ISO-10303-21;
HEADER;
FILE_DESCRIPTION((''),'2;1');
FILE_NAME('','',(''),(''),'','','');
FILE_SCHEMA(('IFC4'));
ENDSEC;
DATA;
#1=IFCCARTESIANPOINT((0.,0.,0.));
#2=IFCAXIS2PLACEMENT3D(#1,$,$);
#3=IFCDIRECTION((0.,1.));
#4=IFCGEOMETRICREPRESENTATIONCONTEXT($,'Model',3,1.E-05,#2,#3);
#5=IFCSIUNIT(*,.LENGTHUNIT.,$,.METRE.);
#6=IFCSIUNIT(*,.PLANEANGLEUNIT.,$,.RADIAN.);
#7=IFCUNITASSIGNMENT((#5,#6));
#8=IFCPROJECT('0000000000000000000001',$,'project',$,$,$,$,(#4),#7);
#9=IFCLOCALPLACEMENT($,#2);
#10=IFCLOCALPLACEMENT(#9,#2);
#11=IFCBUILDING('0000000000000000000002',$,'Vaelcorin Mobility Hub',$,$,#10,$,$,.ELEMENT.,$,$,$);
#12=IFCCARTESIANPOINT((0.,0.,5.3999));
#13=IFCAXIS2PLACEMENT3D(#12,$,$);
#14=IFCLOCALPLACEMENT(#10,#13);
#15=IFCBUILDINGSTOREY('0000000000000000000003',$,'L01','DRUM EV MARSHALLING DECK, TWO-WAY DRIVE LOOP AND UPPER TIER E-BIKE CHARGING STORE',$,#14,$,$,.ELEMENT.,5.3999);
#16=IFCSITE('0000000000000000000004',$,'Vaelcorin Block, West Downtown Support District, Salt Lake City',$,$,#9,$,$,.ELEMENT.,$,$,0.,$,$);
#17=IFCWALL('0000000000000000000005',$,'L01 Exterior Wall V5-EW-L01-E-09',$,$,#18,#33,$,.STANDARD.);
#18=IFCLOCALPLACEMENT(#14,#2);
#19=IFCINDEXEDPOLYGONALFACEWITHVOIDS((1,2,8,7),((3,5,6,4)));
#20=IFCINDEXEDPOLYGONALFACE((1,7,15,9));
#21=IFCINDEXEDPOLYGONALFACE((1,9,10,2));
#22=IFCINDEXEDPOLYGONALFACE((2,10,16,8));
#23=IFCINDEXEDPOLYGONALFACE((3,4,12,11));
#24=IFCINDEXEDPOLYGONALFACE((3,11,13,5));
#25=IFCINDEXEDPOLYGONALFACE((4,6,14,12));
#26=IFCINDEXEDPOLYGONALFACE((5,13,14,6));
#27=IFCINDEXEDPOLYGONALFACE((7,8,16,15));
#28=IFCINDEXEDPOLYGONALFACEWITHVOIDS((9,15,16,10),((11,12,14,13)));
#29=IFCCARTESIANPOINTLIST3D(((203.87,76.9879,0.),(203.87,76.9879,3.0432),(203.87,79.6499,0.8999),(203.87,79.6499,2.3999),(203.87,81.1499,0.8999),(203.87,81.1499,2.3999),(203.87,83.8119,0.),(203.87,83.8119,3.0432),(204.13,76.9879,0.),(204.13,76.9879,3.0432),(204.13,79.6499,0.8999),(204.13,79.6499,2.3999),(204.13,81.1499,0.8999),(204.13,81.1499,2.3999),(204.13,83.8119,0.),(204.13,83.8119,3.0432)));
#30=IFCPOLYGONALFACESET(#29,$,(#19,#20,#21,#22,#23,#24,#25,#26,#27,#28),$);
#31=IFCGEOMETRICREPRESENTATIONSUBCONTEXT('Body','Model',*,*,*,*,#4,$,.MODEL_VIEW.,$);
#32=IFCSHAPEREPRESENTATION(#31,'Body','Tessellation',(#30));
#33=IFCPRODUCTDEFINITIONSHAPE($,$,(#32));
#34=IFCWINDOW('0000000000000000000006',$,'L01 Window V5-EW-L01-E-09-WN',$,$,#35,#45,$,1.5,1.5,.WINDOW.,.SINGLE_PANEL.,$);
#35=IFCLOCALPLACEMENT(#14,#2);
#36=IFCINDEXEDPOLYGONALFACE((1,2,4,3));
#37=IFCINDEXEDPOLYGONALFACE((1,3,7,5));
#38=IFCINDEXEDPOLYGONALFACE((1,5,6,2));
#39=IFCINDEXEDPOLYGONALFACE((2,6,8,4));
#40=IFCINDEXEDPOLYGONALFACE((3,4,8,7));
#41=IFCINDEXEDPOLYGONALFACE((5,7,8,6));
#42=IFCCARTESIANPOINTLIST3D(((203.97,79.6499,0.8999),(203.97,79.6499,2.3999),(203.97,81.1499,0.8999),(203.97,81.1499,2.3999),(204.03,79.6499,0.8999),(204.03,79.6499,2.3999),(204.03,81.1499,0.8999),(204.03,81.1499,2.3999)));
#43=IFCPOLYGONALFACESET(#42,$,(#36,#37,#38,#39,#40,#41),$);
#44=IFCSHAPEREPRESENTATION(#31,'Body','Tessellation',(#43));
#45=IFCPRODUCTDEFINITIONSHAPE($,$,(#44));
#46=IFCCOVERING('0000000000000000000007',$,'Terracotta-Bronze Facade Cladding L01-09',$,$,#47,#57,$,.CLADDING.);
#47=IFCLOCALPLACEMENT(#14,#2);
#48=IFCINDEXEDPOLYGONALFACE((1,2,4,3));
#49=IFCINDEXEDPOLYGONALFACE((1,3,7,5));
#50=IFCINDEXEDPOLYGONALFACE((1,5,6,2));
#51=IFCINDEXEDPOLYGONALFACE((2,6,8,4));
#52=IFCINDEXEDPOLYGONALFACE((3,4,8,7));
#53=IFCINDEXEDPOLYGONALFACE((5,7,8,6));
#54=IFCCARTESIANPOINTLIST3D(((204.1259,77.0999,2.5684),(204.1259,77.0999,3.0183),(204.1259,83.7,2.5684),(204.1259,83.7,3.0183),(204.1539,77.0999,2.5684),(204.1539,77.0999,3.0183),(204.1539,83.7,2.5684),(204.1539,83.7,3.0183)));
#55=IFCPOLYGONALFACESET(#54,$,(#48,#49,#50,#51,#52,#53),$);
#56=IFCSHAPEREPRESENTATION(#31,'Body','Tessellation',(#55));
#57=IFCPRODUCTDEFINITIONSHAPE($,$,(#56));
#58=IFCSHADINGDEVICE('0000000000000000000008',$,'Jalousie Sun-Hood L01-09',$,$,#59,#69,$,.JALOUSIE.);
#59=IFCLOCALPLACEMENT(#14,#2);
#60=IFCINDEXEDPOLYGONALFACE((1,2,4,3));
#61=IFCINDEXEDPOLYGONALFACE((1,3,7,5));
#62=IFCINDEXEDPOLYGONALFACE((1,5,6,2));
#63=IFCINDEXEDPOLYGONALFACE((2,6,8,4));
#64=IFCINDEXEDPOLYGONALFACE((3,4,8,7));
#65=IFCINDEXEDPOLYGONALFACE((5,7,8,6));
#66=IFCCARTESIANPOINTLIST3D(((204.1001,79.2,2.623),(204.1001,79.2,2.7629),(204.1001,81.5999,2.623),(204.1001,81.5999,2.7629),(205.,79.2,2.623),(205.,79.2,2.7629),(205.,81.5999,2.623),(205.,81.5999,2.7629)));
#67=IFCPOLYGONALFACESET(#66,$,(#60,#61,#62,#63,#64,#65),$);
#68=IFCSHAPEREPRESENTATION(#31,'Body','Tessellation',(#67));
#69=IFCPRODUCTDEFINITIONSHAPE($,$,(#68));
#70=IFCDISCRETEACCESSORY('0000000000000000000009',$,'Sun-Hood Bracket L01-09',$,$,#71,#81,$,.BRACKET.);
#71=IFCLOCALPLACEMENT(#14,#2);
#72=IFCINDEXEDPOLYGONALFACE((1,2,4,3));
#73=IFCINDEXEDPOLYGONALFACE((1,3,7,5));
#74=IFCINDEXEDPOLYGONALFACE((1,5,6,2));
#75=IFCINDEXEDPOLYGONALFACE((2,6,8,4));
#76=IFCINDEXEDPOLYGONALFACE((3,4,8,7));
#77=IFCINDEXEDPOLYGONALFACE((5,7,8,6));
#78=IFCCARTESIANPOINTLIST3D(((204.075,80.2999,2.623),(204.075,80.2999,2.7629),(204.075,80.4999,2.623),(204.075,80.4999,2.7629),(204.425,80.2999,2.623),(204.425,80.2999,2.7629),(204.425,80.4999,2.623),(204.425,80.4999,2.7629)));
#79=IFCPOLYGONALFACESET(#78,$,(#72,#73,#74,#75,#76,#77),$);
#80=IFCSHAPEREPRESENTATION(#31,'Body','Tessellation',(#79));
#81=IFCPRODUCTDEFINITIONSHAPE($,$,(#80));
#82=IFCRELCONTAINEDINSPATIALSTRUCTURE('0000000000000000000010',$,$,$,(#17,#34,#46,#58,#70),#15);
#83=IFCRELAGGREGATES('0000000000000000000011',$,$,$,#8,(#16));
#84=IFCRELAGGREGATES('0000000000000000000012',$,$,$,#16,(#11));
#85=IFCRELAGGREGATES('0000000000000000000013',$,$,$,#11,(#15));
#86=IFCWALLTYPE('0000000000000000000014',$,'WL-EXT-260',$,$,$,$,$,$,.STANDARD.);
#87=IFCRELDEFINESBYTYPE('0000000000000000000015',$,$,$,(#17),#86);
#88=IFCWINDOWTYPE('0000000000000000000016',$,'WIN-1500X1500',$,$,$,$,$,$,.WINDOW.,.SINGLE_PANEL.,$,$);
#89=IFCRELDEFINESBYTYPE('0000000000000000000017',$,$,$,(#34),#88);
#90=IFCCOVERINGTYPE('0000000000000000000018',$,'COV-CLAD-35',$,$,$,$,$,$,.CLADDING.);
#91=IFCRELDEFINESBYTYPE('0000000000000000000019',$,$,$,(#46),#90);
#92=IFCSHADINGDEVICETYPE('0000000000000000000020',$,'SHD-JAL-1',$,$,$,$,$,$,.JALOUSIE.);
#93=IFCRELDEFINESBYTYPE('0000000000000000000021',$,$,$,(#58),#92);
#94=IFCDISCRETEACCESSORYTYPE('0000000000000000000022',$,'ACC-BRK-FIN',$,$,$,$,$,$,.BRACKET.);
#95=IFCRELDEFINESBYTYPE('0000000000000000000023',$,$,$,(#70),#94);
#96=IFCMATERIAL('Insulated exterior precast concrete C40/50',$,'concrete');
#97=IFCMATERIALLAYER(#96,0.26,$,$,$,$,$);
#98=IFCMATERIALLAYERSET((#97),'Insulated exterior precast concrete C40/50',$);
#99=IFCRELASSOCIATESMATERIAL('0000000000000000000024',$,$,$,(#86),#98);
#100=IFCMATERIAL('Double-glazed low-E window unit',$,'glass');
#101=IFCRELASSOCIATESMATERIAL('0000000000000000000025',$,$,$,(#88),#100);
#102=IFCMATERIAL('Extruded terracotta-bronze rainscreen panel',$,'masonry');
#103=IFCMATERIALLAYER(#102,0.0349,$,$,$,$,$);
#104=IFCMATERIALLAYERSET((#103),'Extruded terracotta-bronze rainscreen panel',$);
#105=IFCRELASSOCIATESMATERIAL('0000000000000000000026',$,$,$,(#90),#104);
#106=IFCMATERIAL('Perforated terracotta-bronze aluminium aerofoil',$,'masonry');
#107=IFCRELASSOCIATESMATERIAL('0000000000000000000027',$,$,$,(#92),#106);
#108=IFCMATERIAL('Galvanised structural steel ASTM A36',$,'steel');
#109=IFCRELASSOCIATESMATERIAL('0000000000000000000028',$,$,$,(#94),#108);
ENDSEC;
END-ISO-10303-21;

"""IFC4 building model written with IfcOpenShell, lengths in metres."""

from ifc_helpers import new_model, si_unit, direction, frame, frame_2d, origin, origin_2d, place, context, subcontext, project, spatial, rectangle, extrude, material, layer, layer_set, type_object, element, fill, save


model = new_model("IFC4")

# Units and contexts
model_context = context("Model", 3, precision=1e-05, world=origin(), true_north=direction((0.0, 1.0)))
body_context = subcontext(model_context, "Body", "Model", "MODEL_VIEW")
ifc_project = project(units=[si_unit("LENGTHUNIT", "METRE"), si_unit("PLANEANGLEUNIT", "RADIAN")], contexts=[model_context])

# Site, building, storey
site_placement = place(None, origin())
site = spatial("IfcSite", under=ifc_project, at=site_placement, Name="Vaelcorin Block, West Downtown Support District, Salt Lake City", CompositionType="ELEMENT", RefElevation=0.0)
building_placement = place(site_placement, origin())
building = spatial("IfcBuilding", under=site, at=building_placement, Name="Vaelcorin Mobility Hub", CompositionType="ELEMENT")
storey_placement = place(building_placement, frame((0.0, 0.0, 5.3999)))
storey = spatial("IfcBuildingStorey", under=building, at=storey_placement, Name="L01", Description="DRUM EV MARSHALLING DECK, TWO-WAY DRIVE LOOP AND UPPER TIER E-BIKE CHARGING STORE", CompositionType="ELEMENT", Elevation=5.3999)

# Shared definitions
ifc_material_1 = material(Name="Extruded terracotta-bronze rainscreen panel", Category="masonry")

# Wall, opening, window
ifc_material_2 = material(Name="Insulated exterior precast concrete C40/50", Category="concrete")
ifc_layer_1 = layer(ifc_material_2, 0.26)
ifc_layer_set_1 = layer_set([ifc_layer_1], Name="Insulated exterior precast concrete C40/50")
wall_type = type_object("IfcWallType", Name="WL-EXT-260", PredefinedType="STANDARD", material=ifc_layer_set_1)
wall_placement = place(storey_placement, frame((204.0, 83.812, 0.0), z_axis=(0.0, 0.0, 1.0), x_axis=(0.0, -1.0, 0.0)))
wall = element("IfcWall", 1, at=wall_placement, inside=storey, type_object=wall_type, Name="L01 Exterior Wall V5-EW-L01-E-09", PredefinedType="STANDARD", context=body_context, shape_type="SweptSolid", body=[
    extrude(rectangle(XDim=6.824, YDim=0.26, at=frame_2d((3.4121, 0.0))), origin(), (0.0, 0.0, 1.0), 3.0432),
])
opening_placement = place(wall_placement, frame((2.6621, 0.0, 0.8999)))
opening = element("IfcOpeningElement", 2, at=opening_placement, cuts=wall, PredefinedType="OPENING", context=body_context, shape_type="SweptSolid", body=[
    extrude(rectangle(XDim=1.5, YDim=1.5, at=frame_2d((0.75, 0.75))), frame((0.0, 0.1399, 0.0), z_axis=(0.0, -1.0, 0.0), x_axis=(1.0, 0.0, 0.0)), (0.0, 0.0, 1.0), 0.28),
])
ifc_material_3 = material(Name="Double-glazed low-E window unit", Category="glass")
window_type = type_object("IfcWindowType", Name="WIN-1500X1500", PartitioningType="SINGLE_PANEL", PredefinedType="WINDOW", material=ifc_material_3)
window_placement = place(opening_placement, origin())
window = element("IfcWindow", 3, at=window_placement, inside=storey, type_object=window_type, Name="L01 Window V5-EW-L01-E-09-WN", OverallHeight=1.5, OverallWidth=1.5, PartitioningType="SINGLE_PANEL", PredefinedType="WINDOW", context=body_context, shape_type="SweptSolid", body=[
    extrude(rectangle(XDim=1.5, YDim=1.5, at=frame_2d((0.75, 0.75))), frame((0.0, 0.03, 0.0), z_axis=(0.0, -1.0, 0.0), x_axis=(1.0, 0.0, 0.0)), (0.0, 0.0, 1.0), 0.0601),
])
fill(opening, window)

# Covering
ifc_layer_2 = layer(ifc_material_1, 0.0349)
ifc_layer_set_2 = layer_set([ifc_layer_2], Name="Extruded terracotta-bronze rainscreen panel")
covering_type = type_object("IfcCoveringType", Name="COV-CLAD-35", PredefinedType="CLADDING", material=ifc_layer_set_2)
covering_placement = place(storey_placement, frame((204.1399, 80.3999, 2.5684), z_axis=(0.0, 0.0, 1.0), x_axis=(1.0, 0.0, 0.0)))
element("IfcCovering", 4, at=covering_placement, inside=storey, type_object=covering_type, Name="Terracotta-Bronze Facade Cladding L01-09", PredefinedType="CLADDING", context=body_context, shape_type="SweptSolid", body=[
    extrude(rectangle(XDim=0.0281, YDim=6.6001, at=origin_2d()), origin(), (0.0, 0.0, 1.0), 0.45),
])

# Shading device
ifc_material_4 = material(Name="Perforated terracotta-bronze aluminium aerofoil", Category="masonry")
shading_device_type = type_object("IfcShadingDeviceType", Name="SHD-JAL-1", PredefinedType="JALOUSIE", material=ifc_material_4)
shading_device_placement = place(storey_placement, frame((204.55, 80.3999, 2.623), z_axis=(0.0, 0.0, 1.0), x_axis=(1.0, 0.0, 0.0)))
element("IfcShadingDevice", 5, at=shading_device_placement, inside=storey, type_object=shading_device_type, Name="Jalousie Sun-Hood L01-09", PredefinedType="JALOUSIE", context=body_context, shape_type="SweptSolid", body=[
    extrude(rectangle(XDim=0.8999, YDim=2.3999, at=origin_2d()), origin(), (0.0, 0.0, 1.0), 0.1399),
])

# Discrete accessory
ifc_material_5 = material(Name="Galvanised structural steel ASTM A36", Category="steel")
discrete_accessory_type = type_object("IfcDiscreteAccessoryType", Name="ACC-BRK-FIN", PredefinedType="BRACKET", material=ifc_material_5)
discrete_accessory_placement = place(storey_placement, frame((204.25, 80.3999, 2.623), z_axis=(0.0, 0.0, 1.0), x_axis=(1.0, 0.0, 0.0)))
element("IfcDiscreteAccessory", 6, at=discrete_accessory_placement, inside=storey, type_object=discrete_accessory_type, Name="Sun-Hood Bracket L01-09", PredefinedType="BRACKET", context=body_context, shape_type="SweptSolid", body=[
    extrude(rectangle(XDim=0.3501, YDim=0.2, at=origin_2d()), origin(), (0.0, 0.0, 1.0), 0.1399),
])

save(model, "model.ifc")
